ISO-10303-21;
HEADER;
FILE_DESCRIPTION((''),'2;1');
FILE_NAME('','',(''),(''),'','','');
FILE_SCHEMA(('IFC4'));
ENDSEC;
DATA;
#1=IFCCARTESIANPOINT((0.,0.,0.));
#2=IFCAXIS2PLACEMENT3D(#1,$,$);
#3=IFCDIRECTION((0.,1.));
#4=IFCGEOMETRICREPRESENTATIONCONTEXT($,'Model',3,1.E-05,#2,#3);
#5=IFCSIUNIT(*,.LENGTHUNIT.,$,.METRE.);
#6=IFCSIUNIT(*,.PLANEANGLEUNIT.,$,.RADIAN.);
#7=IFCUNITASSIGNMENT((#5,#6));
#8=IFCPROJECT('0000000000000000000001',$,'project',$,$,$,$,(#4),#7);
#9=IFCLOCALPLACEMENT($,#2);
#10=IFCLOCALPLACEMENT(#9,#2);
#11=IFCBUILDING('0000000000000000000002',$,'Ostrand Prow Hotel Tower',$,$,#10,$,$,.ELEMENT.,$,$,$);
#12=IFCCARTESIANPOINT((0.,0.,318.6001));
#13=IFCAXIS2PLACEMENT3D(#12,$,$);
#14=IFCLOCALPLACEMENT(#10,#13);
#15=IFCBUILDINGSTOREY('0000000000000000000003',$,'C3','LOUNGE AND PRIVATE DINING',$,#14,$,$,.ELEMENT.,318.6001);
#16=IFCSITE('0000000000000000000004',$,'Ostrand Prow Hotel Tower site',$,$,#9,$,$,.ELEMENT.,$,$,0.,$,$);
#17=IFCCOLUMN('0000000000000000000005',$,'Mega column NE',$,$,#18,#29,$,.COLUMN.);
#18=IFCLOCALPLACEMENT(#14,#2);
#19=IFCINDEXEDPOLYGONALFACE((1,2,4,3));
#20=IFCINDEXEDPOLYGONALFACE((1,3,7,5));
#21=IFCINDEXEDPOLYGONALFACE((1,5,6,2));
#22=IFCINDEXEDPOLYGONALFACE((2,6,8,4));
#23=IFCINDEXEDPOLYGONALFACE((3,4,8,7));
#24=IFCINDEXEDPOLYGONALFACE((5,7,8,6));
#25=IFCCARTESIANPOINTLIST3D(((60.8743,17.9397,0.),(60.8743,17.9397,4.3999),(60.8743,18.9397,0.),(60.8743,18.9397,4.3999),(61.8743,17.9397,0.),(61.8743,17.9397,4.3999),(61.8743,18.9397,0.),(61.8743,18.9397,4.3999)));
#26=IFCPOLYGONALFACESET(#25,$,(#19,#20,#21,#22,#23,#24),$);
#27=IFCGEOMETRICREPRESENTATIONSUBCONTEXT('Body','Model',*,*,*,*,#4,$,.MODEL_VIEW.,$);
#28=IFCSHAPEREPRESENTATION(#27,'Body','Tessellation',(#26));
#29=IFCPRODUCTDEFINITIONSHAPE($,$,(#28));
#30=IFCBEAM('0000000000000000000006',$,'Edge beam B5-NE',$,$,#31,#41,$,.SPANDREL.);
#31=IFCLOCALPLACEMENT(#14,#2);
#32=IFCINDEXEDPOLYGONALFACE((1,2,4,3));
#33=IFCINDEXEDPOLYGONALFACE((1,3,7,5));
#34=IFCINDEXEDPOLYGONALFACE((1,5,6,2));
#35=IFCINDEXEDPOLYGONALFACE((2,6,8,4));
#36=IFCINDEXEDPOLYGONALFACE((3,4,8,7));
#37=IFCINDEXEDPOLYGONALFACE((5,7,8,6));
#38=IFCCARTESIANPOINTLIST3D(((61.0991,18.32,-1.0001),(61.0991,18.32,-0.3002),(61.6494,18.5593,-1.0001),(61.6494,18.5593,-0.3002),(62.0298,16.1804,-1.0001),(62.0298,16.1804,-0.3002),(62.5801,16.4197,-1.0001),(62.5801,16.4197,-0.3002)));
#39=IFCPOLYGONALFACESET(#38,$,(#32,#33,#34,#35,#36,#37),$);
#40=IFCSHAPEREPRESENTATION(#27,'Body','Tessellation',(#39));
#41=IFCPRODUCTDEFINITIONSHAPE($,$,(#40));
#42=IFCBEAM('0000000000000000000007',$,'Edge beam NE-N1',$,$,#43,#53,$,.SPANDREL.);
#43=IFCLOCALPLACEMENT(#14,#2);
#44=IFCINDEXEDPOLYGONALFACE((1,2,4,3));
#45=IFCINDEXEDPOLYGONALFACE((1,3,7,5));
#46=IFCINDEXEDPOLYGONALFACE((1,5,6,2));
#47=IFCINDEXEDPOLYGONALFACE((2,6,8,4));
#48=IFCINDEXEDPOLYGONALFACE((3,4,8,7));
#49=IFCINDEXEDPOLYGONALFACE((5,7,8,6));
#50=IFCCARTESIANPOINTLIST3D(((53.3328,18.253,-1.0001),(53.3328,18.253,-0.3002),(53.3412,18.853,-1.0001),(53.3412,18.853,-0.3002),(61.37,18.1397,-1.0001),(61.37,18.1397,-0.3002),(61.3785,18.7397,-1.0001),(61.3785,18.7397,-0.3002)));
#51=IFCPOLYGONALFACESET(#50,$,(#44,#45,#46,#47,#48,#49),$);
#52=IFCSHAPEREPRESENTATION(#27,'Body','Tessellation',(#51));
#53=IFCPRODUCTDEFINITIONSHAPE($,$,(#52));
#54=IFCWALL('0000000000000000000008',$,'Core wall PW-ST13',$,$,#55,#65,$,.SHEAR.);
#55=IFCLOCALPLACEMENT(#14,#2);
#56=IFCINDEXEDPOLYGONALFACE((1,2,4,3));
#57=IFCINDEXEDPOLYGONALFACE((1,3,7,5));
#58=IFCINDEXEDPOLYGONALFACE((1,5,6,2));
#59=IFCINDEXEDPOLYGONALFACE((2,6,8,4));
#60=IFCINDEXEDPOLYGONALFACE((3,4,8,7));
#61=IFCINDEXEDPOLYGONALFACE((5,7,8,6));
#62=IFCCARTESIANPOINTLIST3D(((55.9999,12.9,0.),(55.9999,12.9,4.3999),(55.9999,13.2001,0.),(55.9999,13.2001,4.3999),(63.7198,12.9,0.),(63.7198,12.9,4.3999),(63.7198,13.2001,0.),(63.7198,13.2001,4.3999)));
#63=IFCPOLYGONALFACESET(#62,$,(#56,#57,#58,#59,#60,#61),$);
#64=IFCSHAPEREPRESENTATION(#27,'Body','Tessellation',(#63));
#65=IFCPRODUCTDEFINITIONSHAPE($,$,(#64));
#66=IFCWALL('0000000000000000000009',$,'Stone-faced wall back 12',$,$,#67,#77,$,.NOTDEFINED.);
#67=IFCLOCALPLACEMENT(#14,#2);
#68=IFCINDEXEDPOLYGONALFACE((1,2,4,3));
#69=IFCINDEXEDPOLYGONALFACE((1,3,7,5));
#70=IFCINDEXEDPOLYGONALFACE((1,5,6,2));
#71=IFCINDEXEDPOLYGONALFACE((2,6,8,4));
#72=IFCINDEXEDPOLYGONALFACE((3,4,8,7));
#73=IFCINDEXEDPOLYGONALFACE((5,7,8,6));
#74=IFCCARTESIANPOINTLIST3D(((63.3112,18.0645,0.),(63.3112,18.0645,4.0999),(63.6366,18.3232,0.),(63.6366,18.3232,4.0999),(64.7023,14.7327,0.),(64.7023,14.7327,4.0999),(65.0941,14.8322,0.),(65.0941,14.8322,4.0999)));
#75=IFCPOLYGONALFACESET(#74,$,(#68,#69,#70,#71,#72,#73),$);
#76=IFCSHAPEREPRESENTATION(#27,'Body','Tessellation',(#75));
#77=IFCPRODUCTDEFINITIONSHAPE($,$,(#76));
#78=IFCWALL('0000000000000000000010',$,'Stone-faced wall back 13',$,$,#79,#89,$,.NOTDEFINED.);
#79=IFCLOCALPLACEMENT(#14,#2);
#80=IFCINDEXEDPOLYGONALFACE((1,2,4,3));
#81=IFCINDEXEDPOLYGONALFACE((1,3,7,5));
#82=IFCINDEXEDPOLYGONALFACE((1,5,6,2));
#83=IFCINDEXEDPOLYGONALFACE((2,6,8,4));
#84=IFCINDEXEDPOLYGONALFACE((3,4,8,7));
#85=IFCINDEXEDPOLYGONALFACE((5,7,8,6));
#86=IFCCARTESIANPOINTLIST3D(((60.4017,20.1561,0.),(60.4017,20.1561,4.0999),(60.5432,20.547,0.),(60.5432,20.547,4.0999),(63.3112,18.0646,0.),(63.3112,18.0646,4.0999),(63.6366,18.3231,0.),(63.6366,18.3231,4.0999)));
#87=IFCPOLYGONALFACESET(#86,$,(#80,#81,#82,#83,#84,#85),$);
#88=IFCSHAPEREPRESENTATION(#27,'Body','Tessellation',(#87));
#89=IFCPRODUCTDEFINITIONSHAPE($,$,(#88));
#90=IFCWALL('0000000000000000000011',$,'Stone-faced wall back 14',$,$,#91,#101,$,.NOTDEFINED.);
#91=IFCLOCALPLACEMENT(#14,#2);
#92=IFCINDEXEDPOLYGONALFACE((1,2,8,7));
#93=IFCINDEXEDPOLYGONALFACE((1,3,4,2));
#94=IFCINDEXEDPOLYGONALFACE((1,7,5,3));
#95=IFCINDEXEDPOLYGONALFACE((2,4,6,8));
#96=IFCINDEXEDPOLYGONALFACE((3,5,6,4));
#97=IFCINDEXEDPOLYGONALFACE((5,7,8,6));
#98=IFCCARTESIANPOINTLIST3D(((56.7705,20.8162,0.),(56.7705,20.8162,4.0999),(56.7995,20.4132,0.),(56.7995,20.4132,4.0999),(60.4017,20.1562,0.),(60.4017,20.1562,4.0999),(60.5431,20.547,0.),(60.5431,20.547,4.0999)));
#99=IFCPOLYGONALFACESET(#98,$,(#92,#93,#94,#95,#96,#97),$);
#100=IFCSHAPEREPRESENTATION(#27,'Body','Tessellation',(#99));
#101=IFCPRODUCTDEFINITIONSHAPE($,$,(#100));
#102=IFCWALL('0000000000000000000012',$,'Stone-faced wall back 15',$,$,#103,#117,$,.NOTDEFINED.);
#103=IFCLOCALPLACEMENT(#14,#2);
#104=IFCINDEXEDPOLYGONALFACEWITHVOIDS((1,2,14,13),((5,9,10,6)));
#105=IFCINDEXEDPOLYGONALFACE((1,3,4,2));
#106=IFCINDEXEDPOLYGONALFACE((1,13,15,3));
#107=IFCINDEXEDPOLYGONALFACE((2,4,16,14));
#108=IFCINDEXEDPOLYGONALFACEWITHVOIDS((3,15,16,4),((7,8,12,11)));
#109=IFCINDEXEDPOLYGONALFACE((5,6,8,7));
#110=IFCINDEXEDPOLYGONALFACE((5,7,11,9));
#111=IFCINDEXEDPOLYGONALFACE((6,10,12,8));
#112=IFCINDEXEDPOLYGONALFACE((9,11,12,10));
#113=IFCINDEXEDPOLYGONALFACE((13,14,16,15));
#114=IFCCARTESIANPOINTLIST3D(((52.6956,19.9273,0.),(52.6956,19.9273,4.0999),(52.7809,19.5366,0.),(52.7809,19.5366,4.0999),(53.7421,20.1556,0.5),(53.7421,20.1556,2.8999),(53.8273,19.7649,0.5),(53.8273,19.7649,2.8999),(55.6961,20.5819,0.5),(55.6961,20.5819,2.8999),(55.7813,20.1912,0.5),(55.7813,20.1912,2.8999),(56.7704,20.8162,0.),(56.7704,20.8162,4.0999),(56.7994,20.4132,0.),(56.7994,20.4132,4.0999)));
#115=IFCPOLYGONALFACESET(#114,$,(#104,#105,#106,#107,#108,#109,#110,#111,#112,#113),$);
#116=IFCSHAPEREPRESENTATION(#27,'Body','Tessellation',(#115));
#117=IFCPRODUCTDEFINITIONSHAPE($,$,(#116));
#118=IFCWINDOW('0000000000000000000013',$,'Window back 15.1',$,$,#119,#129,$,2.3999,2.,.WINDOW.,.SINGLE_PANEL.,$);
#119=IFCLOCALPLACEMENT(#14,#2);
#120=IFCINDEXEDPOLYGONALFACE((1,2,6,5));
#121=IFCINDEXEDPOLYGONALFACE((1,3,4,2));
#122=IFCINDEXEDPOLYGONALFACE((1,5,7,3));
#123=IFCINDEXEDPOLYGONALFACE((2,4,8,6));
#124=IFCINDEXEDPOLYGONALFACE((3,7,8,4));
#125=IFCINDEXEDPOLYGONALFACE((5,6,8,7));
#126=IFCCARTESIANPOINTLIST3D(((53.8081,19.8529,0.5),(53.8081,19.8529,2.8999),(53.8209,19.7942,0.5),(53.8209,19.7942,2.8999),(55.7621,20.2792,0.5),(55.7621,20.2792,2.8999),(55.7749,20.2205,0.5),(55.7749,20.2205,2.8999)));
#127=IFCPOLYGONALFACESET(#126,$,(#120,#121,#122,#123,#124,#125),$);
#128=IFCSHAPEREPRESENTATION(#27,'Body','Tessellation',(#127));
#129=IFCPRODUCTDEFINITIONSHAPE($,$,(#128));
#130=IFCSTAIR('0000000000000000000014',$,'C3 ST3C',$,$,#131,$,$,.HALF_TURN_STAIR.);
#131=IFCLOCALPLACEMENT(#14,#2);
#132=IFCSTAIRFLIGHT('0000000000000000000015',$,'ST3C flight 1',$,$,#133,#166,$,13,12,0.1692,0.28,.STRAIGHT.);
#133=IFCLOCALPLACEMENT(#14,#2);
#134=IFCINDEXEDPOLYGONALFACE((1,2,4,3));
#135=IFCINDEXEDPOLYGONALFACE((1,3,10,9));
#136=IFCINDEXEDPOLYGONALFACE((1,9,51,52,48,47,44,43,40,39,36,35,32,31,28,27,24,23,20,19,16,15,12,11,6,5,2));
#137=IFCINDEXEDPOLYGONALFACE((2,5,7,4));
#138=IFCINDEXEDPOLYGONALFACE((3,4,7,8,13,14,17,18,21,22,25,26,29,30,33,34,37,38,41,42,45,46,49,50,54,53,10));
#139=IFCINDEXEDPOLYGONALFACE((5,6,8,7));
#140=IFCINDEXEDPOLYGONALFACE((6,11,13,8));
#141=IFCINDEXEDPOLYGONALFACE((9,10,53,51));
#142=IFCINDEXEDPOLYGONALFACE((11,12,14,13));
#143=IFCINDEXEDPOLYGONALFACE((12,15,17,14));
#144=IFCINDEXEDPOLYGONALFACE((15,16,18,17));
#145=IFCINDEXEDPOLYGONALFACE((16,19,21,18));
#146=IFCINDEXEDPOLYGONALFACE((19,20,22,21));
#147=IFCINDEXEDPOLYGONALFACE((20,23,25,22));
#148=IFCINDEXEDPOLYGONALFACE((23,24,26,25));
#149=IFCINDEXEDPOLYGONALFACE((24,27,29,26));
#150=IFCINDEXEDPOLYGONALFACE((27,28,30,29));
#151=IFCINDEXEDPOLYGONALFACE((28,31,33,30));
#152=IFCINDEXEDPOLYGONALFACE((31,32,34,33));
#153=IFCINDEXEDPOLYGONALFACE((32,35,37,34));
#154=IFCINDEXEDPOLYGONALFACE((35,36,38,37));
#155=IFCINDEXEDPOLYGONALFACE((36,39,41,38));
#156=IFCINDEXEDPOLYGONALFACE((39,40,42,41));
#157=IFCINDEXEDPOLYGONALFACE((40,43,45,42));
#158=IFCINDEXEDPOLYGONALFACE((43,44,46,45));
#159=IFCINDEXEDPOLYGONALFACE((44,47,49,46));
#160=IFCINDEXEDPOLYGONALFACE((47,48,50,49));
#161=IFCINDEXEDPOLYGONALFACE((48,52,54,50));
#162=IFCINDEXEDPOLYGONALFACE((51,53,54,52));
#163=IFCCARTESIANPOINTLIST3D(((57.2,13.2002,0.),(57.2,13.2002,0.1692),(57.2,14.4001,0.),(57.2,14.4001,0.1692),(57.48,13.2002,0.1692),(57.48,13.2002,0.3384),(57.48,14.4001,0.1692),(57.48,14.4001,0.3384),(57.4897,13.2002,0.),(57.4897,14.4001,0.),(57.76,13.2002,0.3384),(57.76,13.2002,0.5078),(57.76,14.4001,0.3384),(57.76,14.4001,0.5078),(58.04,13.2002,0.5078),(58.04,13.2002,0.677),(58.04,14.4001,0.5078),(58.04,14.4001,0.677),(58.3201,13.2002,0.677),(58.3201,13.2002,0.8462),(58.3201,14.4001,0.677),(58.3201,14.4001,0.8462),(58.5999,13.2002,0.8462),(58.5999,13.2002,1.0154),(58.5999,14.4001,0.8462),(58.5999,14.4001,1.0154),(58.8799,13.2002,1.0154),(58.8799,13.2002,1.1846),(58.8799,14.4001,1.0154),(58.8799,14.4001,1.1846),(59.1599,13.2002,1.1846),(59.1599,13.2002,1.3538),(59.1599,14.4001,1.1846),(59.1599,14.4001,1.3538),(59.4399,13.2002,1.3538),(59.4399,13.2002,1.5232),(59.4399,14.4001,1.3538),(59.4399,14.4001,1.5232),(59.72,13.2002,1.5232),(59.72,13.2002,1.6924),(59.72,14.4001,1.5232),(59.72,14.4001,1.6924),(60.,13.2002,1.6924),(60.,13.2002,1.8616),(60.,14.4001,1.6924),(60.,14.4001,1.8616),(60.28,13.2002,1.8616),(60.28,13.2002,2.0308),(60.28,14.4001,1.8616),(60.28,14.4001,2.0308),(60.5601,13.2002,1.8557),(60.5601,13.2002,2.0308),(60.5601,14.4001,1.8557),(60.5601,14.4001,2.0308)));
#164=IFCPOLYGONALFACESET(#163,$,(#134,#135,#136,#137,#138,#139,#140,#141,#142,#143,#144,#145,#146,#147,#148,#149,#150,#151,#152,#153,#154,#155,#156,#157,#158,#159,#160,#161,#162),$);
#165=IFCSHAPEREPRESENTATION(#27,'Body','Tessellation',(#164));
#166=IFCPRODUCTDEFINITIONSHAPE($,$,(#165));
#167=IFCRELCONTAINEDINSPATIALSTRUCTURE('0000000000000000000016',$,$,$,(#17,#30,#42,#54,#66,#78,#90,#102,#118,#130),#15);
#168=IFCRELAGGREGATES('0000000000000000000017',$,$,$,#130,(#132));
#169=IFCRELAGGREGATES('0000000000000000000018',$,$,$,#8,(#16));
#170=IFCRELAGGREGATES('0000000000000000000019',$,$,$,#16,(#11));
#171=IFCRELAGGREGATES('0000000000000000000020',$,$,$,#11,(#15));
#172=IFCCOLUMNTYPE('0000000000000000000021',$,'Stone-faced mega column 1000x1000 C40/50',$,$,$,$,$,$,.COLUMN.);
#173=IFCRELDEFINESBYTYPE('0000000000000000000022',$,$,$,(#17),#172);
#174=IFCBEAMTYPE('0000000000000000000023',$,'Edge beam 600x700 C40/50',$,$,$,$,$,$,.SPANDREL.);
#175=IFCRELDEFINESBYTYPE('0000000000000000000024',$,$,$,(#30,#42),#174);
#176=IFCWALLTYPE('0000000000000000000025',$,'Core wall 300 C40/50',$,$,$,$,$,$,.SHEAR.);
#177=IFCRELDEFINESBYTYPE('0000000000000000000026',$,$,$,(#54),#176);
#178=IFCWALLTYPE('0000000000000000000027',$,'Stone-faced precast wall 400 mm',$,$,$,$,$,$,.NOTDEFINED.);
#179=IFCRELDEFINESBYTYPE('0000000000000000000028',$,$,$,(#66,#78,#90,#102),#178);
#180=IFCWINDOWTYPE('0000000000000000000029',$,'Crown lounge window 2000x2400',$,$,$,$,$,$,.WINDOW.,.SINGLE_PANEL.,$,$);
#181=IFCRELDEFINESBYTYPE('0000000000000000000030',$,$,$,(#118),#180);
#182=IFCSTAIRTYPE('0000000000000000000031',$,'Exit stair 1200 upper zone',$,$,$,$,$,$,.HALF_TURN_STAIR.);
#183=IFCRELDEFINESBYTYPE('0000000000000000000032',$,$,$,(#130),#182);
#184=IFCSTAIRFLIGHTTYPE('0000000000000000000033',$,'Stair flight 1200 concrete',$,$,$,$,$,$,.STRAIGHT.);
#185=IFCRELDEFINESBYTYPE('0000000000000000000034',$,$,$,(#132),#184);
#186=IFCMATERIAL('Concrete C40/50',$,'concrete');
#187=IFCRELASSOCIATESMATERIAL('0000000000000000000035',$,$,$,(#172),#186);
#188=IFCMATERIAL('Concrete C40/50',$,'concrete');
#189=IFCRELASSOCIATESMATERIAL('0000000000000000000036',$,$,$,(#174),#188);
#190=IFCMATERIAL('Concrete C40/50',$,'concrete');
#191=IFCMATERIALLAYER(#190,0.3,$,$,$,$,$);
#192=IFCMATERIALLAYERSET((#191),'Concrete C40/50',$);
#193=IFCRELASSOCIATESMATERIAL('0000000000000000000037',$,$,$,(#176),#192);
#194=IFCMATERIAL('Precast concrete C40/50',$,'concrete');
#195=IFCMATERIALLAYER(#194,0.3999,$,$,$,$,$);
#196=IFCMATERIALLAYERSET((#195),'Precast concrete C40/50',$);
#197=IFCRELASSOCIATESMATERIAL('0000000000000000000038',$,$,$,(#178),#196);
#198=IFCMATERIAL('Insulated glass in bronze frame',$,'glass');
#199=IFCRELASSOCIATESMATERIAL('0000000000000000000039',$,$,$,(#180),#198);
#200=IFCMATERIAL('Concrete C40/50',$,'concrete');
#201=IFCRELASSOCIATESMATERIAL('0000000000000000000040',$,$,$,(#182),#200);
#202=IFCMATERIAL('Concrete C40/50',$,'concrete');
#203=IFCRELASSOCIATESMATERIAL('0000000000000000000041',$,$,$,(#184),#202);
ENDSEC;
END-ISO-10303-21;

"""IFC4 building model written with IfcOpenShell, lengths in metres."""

from ifc_helpers import new_model, si_unit, direction, frame, frame_2d, origin, origin_2d, place, context, subcontext, project, spatial, polyline, rectangle, outline, extrude, material, layer, layer_set, material_profile, profile_set, type_object, element, fill, aggregate, save


model = new_model("IFC4")

# Units and contexts
model_context = context("Model", 3, precision=1e-05, world=origin(), true_north=direction((0.0, 1.0)))
body_context = subcontext(model_context, "Body", "Model", "MODEL_VIEW")
ifc_project = project(units=[si_unit("LENGTHUNIT", "METRE"), si_unit("PLANEANGLEUNIT", "RADIAN")], contexts=[model_context])

# Site, building, storey
site_placement = place(None, origin())
site = spatial("IfcSite", under=ifc_project, at=site_placement, Name="Ostrand Prow Hotel Tower site", CompositionType="ELEMENT", RefElevation=0.0)
building_placement = place(site_placement, origin())
building = spatial("IfcBuilding", under=site, at=building_placement, Name="Ostrand Prow Hotel Tower", CompositionType="ELEMENT")
storey_placement = place(building_placement, frame((0.0, 0.0, 318.6001)))
storey = spatial("IfcBuildingStorey", under=building, at=storey_placement, Name="C3", Description="LOUNGE AND PRIVATE DINING", CompositionType="ELEMENT", Elevation=318.6001)

# Column
ifc_material_1 = material(Name="Concrete C40/50", Category="concrete")
ifc_material_profile_1 = material_profile(ifc_material_1, rectangle(XDim=1.0, YDim=1.0, at=origin_2d()), Name="RC 1000x1000")
ifc_profile_set_1 = profile_set([ifc_material_profile_1], Name="Concrete C40/50")
column_type = type_object("IfcColumnType", Name="Stone-faced mega column 1000x1000 C40/50", PredefinedType="COLUMN", material=ifc_profile_set_1)
column_placement = place(storey_placement, frame((61.3743, 18.4397, 0.0), z_axis=(0.0, 0.0, 1.0), x_axis=(1.0, 0.0, 0.0)))
element("IfcColumn", 1, at=column_placement, inside=storey, type_object=column_type, Name="Mega column NE", PredefinedType="COLUMN", context=body_context, shape_type="SweptSolid", body=[
    extrude(rectangle(XDim=1.0, YDim=1.0, at=origin_2d()), origin(), (0.0, 0.0, 1.0), 4.3999),
])

# Beams
ifc_material_2 = material(Name="Concrete C40/50", Category="concrete")
ifc_material_profile_2 = material_profile(ifc_material_2, rectangle(XDim=0.6001, YDim=0.7, at=origin_2d()), Name="RC 600x700")
ifc_profile_set_2 = profile_set([ifc_material_profile_2], Name="Concrete C40/50")
beam_type = type_object("IfcBeamType", Name="Edge beam 600x700 C40/50", PredefinedType="SPANDREL", material=ifc_profile_set_2)
beam_1_placement = place(storey_placement, frame((62.3049, 16.3, -0.6501), z_axis=(-0.398864, 0.91701, 0.0), x_axis=(-0.91701, -0.398864, 0.0)))
element("IfcBeam", 2, at=beam_1_placement, inside=storey, type_object=beam_type, Name="Edge beam B5-NE", PredefinedType="SPANDREL", context=body_context, shape_type="SweptSolid", body=[
    extrude(rectangle(XDim=0.6001, YDim=0.7, at=origin_2d()), origin(), (0.0, 0.0, 1.0), 2.3333),
])
beam_2_placement = place(storey_placement, frame((61.3743, 18.4397, -0.6501), z_axis=(-0.999901, 0.014093, 0.0), x_axis=(-0.014093, -0.999901, 0.0)))
element("IfcBeam", 3, at=beam_2_placement, inside=storey, type_object=beam_type, Name="Edge beam NE-N1", PredefinedType="SPANDREL", context=body_context, shape_type="SweptSolid", body=[
    extrude(rectangle(XDim=0.6001, YDim=0.7, at=origin_2d()), origin(), (0.0, 0.0, 1.0), 8.0381),
])

# Walls
ifc_material_3 = material(Name="Concrete C40/50", Category="concrete")
ifc_layer_1 = layer(ifc_material_3, 0.3)
ifc_layer_set_1 = layer_set([ifc_layer_1], Name="Concrete C40/50")
wall_type_1 = type_object("IfcWallType", Name="Core wall 300 C40/50", PredefinedType="SHEAR", material=ifc_layer_set_1)
wall_1_placement = place(storey_placement, frame((56.0, 13.05, 0.0), z_axis=(0.0, 0.0, 1.0), x_axis=(1.0, 0.0, 0.0)))
element("IfcWall", 4, at=wall_1_placement, inside=storey, type_object=wall_type_1, Name="Core wall PW-ST13", PredefinedType="SHEAR", context=body_context, shape_type="SweptSolid", body=[
    extrude(rectangle(XDim=7.72, YDim=0.3, at=frame_2d((3.8599, 0.0))), origin(), (0.0, 0.0, 1.0), 4.3999),
])
ifc_material_4 = material(Name="Precast concrete C40/50", Category="concrete")
ifc_layer_2 = layer(ifc_material_4, 0.3999)
ifc_layer_set_2 = layer_set([ifc_layer_2], Name="Precast concrete C40/50")
wall_type_2 = type_object("IfcWallType", Name="Stone-faced precast wall 400 mm", PredefinedType="NOTDEFINED", material=ifc_layer_set_2)
wall_2_placement = place(storey_placement, frame((64.8982, 14.7825, 0.0), z_axis=(0.0, 0.0, 1.0), x_axis=(-0.385286, 0.922797, 0.0)))
element("IfcWall", 5, at=wall_2_placement, inside=storey, type_object=wall_type_2, Name="Stone-faced wall back 12", PredefinedType="NOTDEFINED", context=body_context, shape_type="SweptSolid", body=[
    extrude(outline(polyline([(-0.0295, -0.2), (3.7534, -0.2), (3.6401, 0.2), (0.0295, 0.2), (-0.0295, -0.2)])), origin(), (0.0, 0.0, 1.0), 4.0999),
])
wall_3_placement = place(storey_placement, frame((63.4739, 18.1938, 0.0), z_axis=(0.0, 0.0, 1.0), x_axis=(-0.811963, 0.58371, 0.0)))
element("IfcWall", 6, at=wall_3_placement, inside=storey, type_object=wall_type_2, Name="Stone-faced wall back 13", PredefinedType="NOTDEFINED", context=body_context, shape_type="SweptSolid", body=[
    extrude(outline(polyline([(-0.0566, -0.2), (3.7532, -0.2), (3.6399, 0.2), (0.0566, 0.2), (-0.0566, -0.2)])), origin(), (0.0, 0.0, 1.0), 4.0999),
])
wall_4_placement = place(storey_placement, frame((60.4724, 20.3516, 0.0), z_axis=(0.0, 0.0, 1.0), x_axis=(-0.997463, 0.071191, 0.0)))
element("IfcWall", 7, at=wall_4_placement, inside=storey, type_object=wall_type_2, Name="Stone-faced wall back 14", PredefinedType="NOTDEFINED", context=body_context, shape_type="SweptSolid", body=[
    extrude(outline(polyline([(-0.0566, -0.2), (3.7256, -0.2), (3.668, 0.2), (0.0566, 0.2), (-0.0566, -0.2)])), origin(), (0.0, 0.0, 1.0), 4.0999),
])

# Wall, opening, window
wall_5_placement = place(storey_placement, frame((56.7849, 20.6147, 0.0), z_axis=(0.0, 0.0, 1.0), x_axis=(-0.97702, -0.213147, 0.0)))
wall_5 = element("IfcWall", 8, at=wall_5_placement, inside=storey, type_object=wall_type_2, Name="Stone-faced wall back 15", PredefinedType="NOTDEFINED", context=body_context, shape_type="SweptSolid", body=[
    extrude(outline(polyline([(-0.0288, -0.2), (4.1418, -0.2), (4.1418, 0.2), (0.0288, 0.2), (-0.0288, -0.2)])), origin(), (0.0, 0.0, 1.0), 4.0999),
])
opening_placement = place(wall_5_placement, frame((1.0708, 0.0, 0.5)))
opening = element("IfcOpeningElement", 9, at=opening_placement, cuts=wall_5, PredefinedType="OPENING", context=body_context, shape_type="SweptSolid", body=[
    extrude(rectangle(XDim=2.0, YDim=2.3999, at=frame_2d((1.0, 1.2))), frame((0.0, 0.21, 0.0), z_axis=(0.0, -1.0, 0.0), x_axis=(1.0, 0.0, 0.0)), (0.0, 0.0, 1.0), 0.4199),
])
ifc_material_5 = material(Name="Insulated glass in bronze frame", Category="glass")
window_type = type_object("IfcWindowType", Name="Crown lounge window 2000x2400", PartitioningType="SINGLE_PANEL", PredefinedType="WINDOW", material=ifc_material_5)
window_placement = place(opening_placement, origin())
window = element("IfcWindow", 10, at=window_placement, inside=storey, type_object=window_type, Name="Window back 15.1", OverallHeight=2.3999, OverallWidth=2.0, PartitioningType="SINGLE_PANEL", PredefinedType="WINDOW", context=body_context, shape_type="SweptSolid", body=[
    extrude(rectangle(XDim=2.0, YDim=2.3999, at=frame_2d((1.0, 1.2))), frame((0.0, 0.1699, 0.0), z_axis=(0.0, -1.0, 0.0), x_axis=(1.0, 0.0, 0.0)), (0.0, 0.0, 1.0), 0.0601),
])
fill(opening, window)

# Stair, stair flight
ifc_material_6 = material(Name="Concrete C40/50", Category="concrete")
stair_type = type_object("IfcStairType", Name="Exit stair 1200 upper zone", PredefinedType="HALF_TURN_STAIR", material=ifc_material_6)
stair_placement = place(storey_placement, origin())
stair = element("IfcStair", 11, at=stair_placement, inside=storey, type_object=stair_type, Name="C3 ST3C", PredefinedType="HALF_TURN_STAIR")
ifc_material_7 = material(Name="Concrete C40/50", Category="concrete")
stair_flight_type = type_object("IfcStairFlightType", Name="Stair flight 1200 concrete", PredefinedType="STRAIGHT", material=ifc_material_7)
stair_flight_1_placement = place(storey_placement, frame((57.2, 13.8, 0.0), z_axis=(0.0, 0.0, 1.0), x_axis=(1.0, 0.0, 0.0)))
stair_flight_1 = element("IfcStairFlight", 12, at=stair_flight_1_placement, type_object=stair_flight_type, Name="ST3C flight 1", NumberOfRisers=13, NumberOfTreads=12, PredefinedType="STRAIGHT", RiserHeight=0.1692, TreadLength=0.28, context=body_context, shape_type="SweptSolid", body=[
    extrude(outline(polyline([(0.0, 0.0), (0.0, 0.1692), (0.28, 0.1692), (0.28, 0.3384), (0.5601, 0.3384), (0.5601, 0.5078), (0.8401, 0.5078), (0.8401, 0.677), (1.1201, 0.677), (1.1201, 0.8462), (1.3999, 0.8462), (1.3999, 1.0154), (1.6799, 1.0154), (1.6799, 1.1846), (1.96, 1.1846), (1.96, 1.3538), (2.24, 1.3538), (2.24, 1.5232), (2.52, 1.5232), (2.52, 1.6924), (2.8, 1.6924), (2.8, 1.8616), (3.0801, 1.8616), (3.0801, 2.0308), (3.3601, 2.0308), (3.3601, 2.2), (3.3601, 1.8557), (0.2898, 0.0), (0.0, 0.0)])), frame((0.0, 0.6001, 0.0), z_axis=(0.0, -1.0, 0.0), x_axis=(1.0, 0.0, 0.0)), (0.0, 0.0, 1.0), 1.2),
])
aggregate(stair, [stair_flight_1])

save(model, "model.ifc")
